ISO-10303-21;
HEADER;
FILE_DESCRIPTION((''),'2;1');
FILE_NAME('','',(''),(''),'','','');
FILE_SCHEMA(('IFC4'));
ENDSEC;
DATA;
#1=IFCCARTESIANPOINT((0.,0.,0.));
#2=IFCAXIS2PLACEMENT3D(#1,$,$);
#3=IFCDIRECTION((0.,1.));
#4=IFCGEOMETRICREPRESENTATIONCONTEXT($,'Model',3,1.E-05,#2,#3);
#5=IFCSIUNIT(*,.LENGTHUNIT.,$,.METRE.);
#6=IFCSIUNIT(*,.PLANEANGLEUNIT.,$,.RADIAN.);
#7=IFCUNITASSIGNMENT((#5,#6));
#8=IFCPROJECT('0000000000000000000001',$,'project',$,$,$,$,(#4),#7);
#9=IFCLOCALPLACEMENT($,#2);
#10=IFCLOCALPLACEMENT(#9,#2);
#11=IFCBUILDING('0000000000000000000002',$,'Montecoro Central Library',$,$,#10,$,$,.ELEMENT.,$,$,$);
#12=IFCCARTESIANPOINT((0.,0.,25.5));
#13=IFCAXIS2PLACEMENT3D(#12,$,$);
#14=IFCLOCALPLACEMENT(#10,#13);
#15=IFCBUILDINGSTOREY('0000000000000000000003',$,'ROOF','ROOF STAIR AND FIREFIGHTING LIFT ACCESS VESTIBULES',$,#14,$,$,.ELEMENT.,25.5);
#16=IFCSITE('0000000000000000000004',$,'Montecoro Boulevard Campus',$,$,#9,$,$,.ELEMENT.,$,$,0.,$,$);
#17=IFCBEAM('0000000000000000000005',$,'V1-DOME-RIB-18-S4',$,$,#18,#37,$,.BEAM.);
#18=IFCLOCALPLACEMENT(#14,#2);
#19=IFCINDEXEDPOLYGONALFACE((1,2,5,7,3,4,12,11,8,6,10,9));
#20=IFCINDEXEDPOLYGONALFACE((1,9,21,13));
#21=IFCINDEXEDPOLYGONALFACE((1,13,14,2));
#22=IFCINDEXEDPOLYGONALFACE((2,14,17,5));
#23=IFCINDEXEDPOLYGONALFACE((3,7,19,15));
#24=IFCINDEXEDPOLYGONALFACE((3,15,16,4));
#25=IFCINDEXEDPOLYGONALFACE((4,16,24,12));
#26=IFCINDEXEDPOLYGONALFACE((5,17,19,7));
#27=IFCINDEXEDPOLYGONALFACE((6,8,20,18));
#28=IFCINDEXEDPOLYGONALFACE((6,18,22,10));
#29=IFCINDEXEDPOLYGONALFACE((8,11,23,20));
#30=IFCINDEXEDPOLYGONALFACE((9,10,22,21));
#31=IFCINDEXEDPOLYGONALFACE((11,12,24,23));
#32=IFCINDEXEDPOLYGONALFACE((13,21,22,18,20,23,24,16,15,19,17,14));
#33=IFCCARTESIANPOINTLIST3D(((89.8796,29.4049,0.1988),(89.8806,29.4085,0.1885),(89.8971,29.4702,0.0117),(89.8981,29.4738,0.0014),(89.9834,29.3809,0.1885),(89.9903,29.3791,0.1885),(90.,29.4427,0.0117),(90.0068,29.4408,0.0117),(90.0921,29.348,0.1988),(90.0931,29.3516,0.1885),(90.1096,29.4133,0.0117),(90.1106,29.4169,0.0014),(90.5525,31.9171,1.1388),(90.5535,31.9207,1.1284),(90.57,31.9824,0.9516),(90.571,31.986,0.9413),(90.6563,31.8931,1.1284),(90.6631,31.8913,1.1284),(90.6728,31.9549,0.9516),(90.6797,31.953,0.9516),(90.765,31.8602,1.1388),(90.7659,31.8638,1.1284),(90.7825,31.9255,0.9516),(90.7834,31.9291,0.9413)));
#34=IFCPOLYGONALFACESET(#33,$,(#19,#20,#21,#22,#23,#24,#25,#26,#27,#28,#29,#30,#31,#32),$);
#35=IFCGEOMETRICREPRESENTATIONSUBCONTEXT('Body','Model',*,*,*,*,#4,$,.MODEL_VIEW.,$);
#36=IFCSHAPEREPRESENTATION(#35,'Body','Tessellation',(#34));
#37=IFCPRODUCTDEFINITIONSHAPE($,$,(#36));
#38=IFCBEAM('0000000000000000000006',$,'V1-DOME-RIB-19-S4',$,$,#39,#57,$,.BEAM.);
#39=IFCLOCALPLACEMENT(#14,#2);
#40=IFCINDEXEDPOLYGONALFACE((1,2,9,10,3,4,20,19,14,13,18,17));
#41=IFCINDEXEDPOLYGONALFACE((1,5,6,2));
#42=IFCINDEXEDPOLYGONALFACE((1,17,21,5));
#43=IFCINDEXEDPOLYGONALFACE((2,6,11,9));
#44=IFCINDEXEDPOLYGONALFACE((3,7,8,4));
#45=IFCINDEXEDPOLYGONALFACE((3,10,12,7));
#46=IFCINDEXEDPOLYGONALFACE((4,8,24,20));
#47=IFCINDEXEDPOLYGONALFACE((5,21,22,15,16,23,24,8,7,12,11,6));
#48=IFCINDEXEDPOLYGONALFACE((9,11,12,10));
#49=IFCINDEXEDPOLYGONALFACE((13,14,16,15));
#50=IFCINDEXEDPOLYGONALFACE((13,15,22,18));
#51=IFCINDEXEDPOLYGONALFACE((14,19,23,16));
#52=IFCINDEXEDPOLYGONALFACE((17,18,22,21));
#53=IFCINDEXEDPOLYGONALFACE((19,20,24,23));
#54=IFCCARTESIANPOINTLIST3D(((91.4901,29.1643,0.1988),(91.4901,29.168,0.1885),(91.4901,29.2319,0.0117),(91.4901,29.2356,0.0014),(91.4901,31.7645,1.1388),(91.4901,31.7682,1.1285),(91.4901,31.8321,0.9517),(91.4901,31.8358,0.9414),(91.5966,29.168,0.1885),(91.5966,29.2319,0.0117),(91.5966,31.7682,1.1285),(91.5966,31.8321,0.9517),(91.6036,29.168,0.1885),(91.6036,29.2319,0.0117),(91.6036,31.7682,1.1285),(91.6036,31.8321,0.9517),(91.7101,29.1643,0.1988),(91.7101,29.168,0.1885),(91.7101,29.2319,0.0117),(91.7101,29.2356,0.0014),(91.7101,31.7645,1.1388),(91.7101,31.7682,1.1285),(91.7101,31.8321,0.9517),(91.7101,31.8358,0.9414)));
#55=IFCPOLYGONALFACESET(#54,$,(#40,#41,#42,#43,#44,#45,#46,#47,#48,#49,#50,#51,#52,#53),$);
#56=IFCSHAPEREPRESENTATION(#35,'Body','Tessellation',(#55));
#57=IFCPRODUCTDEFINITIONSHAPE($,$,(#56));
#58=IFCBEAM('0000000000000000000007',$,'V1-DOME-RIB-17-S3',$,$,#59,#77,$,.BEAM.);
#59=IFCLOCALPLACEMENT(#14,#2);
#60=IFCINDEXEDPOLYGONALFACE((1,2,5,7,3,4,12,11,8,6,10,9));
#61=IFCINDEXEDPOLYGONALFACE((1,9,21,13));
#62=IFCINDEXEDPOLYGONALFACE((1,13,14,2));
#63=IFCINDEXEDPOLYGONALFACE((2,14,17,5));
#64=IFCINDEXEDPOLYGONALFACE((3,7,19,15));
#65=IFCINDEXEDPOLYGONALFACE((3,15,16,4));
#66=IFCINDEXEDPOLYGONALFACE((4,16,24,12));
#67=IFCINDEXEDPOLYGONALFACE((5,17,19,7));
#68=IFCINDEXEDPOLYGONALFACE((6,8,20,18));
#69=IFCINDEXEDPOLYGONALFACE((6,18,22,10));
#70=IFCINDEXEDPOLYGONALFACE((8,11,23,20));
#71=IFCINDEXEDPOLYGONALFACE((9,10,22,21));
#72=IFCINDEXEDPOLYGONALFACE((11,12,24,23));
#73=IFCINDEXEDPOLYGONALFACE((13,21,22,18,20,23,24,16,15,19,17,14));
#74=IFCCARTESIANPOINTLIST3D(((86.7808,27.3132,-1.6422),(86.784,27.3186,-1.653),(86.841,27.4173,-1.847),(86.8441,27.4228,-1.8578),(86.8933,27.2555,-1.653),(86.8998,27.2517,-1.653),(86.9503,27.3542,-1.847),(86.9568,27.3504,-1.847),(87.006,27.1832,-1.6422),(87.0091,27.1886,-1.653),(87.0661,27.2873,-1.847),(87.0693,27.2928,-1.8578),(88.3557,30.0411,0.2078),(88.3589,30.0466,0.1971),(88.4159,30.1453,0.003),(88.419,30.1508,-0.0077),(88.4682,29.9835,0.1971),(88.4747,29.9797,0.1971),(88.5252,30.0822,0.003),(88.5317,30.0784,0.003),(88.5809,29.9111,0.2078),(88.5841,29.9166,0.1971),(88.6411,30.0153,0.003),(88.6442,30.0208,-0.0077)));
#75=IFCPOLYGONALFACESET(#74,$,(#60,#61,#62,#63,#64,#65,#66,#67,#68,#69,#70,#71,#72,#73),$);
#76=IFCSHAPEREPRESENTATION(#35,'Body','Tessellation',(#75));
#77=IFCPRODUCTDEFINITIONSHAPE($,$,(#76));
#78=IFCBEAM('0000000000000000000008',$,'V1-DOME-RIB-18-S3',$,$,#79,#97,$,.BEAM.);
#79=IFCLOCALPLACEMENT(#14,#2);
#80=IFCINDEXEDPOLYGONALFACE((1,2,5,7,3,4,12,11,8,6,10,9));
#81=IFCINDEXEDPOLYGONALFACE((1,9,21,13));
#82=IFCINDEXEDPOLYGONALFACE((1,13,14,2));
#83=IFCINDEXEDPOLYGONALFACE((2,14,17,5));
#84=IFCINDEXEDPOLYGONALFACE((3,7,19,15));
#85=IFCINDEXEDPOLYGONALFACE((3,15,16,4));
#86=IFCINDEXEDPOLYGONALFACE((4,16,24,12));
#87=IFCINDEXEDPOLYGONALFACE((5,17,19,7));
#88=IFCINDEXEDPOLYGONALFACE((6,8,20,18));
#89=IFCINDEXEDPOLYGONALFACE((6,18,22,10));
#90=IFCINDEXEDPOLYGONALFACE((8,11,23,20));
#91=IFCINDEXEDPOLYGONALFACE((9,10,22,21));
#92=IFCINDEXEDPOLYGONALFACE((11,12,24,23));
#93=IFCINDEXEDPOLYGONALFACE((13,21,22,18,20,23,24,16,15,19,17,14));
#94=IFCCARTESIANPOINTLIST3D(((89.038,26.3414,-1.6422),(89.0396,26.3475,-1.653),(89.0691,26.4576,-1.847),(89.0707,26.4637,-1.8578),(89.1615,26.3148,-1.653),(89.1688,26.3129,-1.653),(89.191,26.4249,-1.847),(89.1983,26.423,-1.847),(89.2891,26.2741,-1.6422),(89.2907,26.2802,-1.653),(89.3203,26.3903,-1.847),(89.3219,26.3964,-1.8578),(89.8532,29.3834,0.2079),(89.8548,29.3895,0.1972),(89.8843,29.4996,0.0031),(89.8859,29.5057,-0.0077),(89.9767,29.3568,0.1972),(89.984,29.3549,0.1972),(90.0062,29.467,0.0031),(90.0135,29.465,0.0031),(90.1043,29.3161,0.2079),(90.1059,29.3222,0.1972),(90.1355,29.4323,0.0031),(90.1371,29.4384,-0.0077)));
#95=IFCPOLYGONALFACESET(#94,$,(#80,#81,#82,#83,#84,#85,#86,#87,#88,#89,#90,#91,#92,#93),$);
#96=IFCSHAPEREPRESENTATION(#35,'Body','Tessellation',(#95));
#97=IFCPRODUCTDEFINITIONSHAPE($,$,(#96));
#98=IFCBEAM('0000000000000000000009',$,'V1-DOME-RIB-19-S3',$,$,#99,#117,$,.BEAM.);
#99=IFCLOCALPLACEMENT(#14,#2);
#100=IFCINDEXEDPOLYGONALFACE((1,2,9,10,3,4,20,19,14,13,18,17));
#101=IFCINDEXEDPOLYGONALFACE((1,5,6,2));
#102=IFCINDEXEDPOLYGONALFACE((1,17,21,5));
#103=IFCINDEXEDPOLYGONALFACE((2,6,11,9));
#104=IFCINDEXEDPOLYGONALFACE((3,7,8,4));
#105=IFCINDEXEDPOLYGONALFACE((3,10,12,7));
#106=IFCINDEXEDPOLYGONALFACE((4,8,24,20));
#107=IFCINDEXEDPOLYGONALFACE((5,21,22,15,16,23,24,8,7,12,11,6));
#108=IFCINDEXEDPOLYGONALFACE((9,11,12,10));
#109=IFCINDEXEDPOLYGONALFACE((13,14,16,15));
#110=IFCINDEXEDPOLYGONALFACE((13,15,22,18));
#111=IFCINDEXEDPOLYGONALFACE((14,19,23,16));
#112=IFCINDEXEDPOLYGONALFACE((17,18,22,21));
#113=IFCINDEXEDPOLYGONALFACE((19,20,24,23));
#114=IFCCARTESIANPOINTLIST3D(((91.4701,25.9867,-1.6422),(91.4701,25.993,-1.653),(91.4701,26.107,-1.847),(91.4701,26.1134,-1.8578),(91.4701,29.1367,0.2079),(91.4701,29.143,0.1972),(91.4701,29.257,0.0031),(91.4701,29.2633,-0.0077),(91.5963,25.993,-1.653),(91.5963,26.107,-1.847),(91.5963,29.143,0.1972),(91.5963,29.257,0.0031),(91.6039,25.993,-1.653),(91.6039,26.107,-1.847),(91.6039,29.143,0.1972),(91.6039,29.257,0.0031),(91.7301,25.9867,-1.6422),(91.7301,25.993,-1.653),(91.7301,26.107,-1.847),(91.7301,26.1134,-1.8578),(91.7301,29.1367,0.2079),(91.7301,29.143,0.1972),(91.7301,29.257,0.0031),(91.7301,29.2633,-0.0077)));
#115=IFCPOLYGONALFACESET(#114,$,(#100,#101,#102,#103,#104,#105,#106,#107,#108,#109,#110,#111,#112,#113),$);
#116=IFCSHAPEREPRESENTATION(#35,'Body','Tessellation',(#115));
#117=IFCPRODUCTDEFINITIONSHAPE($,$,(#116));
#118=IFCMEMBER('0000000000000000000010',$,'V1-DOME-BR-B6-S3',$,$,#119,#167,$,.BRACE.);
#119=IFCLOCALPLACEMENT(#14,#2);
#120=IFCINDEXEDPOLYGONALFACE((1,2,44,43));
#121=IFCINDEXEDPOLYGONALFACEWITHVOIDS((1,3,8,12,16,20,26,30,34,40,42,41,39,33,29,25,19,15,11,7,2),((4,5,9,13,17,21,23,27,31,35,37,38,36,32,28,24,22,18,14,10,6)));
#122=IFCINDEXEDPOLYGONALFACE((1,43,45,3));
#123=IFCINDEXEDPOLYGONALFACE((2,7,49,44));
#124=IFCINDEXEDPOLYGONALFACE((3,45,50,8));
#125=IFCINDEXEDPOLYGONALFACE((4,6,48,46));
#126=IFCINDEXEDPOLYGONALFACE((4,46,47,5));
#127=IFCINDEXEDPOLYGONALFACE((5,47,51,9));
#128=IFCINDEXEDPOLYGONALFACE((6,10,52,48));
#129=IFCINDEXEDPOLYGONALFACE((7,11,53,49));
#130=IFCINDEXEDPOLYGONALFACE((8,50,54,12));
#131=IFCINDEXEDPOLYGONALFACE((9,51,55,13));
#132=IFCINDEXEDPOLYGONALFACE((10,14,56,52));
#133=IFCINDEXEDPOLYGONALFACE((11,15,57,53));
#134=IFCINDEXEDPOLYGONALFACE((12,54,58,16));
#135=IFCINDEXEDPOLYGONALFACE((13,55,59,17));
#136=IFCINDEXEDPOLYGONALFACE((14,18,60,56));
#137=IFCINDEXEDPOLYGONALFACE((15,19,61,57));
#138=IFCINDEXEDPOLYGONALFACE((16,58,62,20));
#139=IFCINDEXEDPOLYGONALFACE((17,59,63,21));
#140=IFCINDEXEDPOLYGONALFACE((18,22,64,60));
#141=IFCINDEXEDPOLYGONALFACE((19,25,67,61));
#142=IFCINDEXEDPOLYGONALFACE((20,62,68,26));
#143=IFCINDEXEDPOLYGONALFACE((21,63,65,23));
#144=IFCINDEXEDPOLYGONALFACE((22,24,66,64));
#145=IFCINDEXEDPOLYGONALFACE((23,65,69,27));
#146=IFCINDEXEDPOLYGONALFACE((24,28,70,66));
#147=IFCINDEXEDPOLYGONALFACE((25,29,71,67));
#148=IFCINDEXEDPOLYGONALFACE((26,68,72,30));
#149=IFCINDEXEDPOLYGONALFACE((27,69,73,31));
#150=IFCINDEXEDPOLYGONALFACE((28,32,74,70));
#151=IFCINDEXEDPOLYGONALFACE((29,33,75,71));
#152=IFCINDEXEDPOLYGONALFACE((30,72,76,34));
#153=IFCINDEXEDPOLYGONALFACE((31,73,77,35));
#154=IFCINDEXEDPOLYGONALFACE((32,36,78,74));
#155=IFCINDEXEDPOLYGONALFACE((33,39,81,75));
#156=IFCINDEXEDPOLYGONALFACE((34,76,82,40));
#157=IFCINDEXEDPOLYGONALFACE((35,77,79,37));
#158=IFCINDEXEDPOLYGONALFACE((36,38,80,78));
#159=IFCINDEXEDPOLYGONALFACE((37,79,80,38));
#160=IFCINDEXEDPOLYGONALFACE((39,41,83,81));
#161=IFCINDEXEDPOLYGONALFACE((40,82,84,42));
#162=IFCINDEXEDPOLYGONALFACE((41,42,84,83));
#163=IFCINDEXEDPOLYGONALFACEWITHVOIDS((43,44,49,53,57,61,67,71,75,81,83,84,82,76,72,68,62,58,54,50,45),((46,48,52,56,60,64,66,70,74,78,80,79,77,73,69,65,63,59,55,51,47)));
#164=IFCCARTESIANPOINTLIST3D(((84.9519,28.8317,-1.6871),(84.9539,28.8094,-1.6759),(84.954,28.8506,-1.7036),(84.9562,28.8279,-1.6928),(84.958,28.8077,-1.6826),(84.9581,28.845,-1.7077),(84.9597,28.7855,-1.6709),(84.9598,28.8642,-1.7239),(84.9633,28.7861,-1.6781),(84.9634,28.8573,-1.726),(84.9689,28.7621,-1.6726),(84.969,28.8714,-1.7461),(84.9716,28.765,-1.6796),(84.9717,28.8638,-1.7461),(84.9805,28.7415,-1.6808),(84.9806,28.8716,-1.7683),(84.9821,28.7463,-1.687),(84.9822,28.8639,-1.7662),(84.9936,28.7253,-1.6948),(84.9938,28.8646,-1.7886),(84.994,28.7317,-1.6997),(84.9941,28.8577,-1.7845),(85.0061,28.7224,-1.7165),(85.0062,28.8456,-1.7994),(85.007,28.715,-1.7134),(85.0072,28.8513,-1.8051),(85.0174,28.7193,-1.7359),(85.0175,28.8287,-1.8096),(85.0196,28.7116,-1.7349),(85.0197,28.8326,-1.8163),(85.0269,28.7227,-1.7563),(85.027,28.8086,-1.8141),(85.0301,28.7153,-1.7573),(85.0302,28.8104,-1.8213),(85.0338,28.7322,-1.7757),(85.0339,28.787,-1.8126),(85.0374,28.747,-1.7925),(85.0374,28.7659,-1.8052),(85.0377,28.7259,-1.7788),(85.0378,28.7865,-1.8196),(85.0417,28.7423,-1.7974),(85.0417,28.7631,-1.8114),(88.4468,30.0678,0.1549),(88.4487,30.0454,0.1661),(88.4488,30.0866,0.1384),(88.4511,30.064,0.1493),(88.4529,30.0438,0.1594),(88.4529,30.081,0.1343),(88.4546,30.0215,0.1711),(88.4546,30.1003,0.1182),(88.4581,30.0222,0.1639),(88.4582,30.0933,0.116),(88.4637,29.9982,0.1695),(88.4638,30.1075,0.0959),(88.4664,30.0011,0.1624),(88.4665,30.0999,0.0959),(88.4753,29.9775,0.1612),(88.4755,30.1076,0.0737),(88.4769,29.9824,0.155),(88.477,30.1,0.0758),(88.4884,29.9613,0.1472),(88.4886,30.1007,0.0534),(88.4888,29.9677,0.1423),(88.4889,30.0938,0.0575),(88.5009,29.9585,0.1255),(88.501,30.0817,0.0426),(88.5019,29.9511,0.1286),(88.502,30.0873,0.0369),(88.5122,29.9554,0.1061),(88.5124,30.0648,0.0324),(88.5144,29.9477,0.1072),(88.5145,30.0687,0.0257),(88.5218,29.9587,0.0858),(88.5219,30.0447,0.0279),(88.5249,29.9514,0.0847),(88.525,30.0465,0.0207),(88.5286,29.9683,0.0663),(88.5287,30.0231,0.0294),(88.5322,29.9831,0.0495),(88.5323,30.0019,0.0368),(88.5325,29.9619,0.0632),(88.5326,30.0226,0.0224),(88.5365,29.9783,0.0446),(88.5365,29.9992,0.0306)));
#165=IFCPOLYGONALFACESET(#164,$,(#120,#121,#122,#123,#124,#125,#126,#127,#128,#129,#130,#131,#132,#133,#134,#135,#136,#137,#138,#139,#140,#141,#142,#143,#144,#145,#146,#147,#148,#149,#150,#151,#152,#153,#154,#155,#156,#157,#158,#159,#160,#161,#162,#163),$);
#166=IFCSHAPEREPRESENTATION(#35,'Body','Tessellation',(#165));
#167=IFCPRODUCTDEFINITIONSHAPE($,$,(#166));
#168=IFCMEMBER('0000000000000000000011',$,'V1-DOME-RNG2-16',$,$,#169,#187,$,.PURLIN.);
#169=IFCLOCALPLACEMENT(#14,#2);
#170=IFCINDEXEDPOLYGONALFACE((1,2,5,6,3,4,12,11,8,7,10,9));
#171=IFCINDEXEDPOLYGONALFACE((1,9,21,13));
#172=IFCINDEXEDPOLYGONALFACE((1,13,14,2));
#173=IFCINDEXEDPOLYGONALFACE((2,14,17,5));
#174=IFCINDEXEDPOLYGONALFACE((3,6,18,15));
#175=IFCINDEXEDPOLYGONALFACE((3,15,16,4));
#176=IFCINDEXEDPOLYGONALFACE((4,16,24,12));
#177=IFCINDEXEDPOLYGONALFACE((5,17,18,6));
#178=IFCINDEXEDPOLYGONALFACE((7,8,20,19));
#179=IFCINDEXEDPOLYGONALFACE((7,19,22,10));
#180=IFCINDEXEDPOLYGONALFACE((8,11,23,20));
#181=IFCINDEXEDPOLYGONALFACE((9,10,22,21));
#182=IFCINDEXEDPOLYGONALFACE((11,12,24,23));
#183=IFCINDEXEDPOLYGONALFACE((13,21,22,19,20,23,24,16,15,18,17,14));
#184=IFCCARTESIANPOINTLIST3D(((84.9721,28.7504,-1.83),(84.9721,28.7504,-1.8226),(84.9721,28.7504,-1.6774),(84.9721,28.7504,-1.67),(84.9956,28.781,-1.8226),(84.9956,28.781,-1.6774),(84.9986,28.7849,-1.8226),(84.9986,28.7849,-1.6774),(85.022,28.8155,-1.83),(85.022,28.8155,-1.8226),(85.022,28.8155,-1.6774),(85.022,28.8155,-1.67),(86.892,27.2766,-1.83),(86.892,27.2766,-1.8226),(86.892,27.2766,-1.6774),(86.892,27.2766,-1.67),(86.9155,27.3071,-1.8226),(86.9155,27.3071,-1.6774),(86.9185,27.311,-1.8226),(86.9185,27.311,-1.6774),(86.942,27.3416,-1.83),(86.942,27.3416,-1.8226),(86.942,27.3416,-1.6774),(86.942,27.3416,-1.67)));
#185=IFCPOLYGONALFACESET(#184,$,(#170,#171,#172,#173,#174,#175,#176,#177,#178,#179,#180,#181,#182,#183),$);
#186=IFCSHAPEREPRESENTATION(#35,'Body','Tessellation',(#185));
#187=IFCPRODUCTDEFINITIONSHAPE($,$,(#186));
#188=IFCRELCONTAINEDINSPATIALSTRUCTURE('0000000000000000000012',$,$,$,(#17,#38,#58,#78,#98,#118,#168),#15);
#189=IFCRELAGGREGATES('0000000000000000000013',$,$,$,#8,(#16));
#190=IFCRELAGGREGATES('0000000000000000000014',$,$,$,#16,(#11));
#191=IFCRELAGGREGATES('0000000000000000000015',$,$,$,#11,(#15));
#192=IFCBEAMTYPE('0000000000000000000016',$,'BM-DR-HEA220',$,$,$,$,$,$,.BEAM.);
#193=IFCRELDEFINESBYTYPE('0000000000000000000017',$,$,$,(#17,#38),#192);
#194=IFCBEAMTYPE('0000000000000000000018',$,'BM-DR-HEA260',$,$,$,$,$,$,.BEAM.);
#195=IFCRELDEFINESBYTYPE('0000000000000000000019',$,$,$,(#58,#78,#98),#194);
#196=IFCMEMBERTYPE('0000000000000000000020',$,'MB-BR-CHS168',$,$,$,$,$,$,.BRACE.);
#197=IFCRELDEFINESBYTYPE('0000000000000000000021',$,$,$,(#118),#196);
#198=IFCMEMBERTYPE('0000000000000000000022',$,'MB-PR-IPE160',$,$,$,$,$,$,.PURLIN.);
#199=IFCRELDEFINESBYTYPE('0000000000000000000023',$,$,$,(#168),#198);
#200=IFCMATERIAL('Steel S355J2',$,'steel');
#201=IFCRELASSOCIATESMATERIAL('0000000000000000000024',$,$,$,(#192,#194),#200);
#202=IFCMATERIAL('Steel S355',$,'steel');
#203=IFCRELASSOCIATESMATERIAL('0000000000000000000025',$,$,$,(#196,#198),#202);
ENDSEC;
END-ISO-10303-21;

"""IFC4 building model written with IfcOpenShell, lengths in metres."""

from ifc_helpers import new_model, si_unit, direction, frame, origin, origin_2d, place, context, subcontext, project, spatial, hollow_circle, i_section, extrude, material, material_profile, profile_set, type_object, element, save


model = new_model("IFC4")

# Units and contexts
model_context = context("Model", 3, precision=1e-05, world=origin(), true_north=direction((0.0, 1.0)))
body_context = subcontext(model_context, "Body", "Model", "MODEL_VIEW")
ifc_project = project(units=[si_unit("LENGTHUNIT", "METRE"), si_unit("PLANEANGLEUNIT", "RADIAN")], contexts=[model_context])

# Site, building, storey
site_placement = place(None, origin())
site = spatial("IfcSite", under=ifc_project, at=site_placement, Name="Montecoro Boulevard Campus", CompositionType="ELEMENT", RefElevation=0.0)
building_placement = place(site_placement, origin())
building = spatial("IfcBuilding", under=site, at=building_placement, Name="Montecoro Central Library", CompositionType="ELEMENT")
storey_placement = place(building_placement, frame((0.0, 0.0, 25.5)))
storey = spatial("IfcBuildingStorey", under=building, at=storey_placement, Name="ROOF", Description="ROOF STAIR AND FIREFIGHTING LIFT ACCESS VESTIBULES", CompositionType="ELEMENT", Elevation=25.5)

# Beams
ifc_material_1 = material(Name="Steel S355J2", Category="steel")
ifc_material_profile_1 = material_profile(ifc_material_1, i_section(OverallWidth=0.22, OverallDepth=0.21, WebThickness=0.0071, FlangeThickness=0.011, at=origin_2d()), Name="HEA 220")
ifc_profile_set_1 = profile_set([ifc_material_profile_1], Name="Steel S355J2")
beam_type_1 = type_object("IfcBeamType", Name="BM-DR-HEA220", PredefinedType="BEAM", material=ifc_profile_set_1)
beam_1_placement = place(storey_placement, frame((89.9951, 29.4109, 0.1001), z_axis=(0.243311, 0.908445, 0.339894), x_axis=(-0.965954, 0.258714, 0.0)))
element("IfcBeam", 1, at=beam_1_placement, inside=storey, type_object=beam_type_1, Name="V1-DOME-RIB-18-S4", PredefinedType="BEAM", context=body_context, shape_type="SweptSolid", body=[
    extrude(i_section(OverallWidth=0.22, OverallDepth=0.21, WebThickness=0.0071, FlangeThickness=0.011, at=origin_2d()), origin(), (0.0, 0.0, 1.0), 2.7654),
])
beam_2_placement = place(storey_placement, frame((91.6001, 29.2, 0.1001), z_axis=(0.0, 0.940436, 0.33997), x_axis=(-1.0, 0.0, 0.0)))
element("IfcBeam", 2, at=beam_2_placement, inside=storey, type_object=beam_type_1, Name="V1-DOME-RIB-19-S4", PredefinedType="BEAM", context=body_context, shape_type="SweptSolid", body=[
    extrude(i_section(OverallWidth=0.22, OverallDepth=0.21, WebThickness=0.0071, FlangeThickness=0.011, at=origin_2d()), origin(), (0.0, 0.0, 1.0), 2.7649),
])
ifc_material_profile_2 = material_profile(ifc_material_1, i_section(OverallWidth=0.26, OverallDepth=0.25, WebThickness=0.0076, FlangeThickness=0.0125, at=origin_2d()), Name="HEA 260")
ifc_profile_set_2 = profile_set([ifc_material_profile_2], Name="Steel S355J2")
beam_type_2 = type_object("IfcBeamType", Name="BM-DR-HEA260", PredefinedType="BEAM", material=ifc_profile_set_2)
beam_3_placement = place(storey_placement, frame((86.925, 27.303, -1.75), z_axis=(0.431122, 0.746761, 0.50644), x_axis=(-0.866036, 0.499982, 0.0)))
element("IfcBeam", 3, at=beam_3_placement, inside=storey, type_object=beam_type_2, Name="V1-DOME-RIB-17-S3", PredefinedType="BEAM", context=body_context, shape_type="SweptSolid", body=[
    extrude(i_section(OverallWidth=0.26, OverallDepth=0.25, WebThickness=0.0076, FlangeThickness=0.0125, at=origin_2d()), origin(), (0.0, 0.0, 1.0), 3.6531),
])
beam_4_placement = place(storey_placement, frame((89.1799, 26.3689, -1.75), z_axis=(0.223183, 0.832841, 0.506523), x_axis=(-0.965919, 0.258845, 0.0)))
element("IfcBeam", 4, at=beam_4_placement, inside=storey, type_object=beam_type_2, Name="V1-DOME-RIB-18-S3", PredefinedType="BEAM", context=body_context, shape_type="SweptSolid", body=[
    extrude(i_section(OverallWidth=0.26, OverallDepth=0.25, WebThickness=0.0076, FlangeThickness=0.0125, at=origin_2d()), origin(), (0.0, 0.0, 1.0), 3.6526),
])
beam_5_placement = place(storey_placement, frame((91.6001, 26.05, -1.75), z_axis=(0.0, 0.862267, 0.506453), x_axis=(-1.0, 0.0, 0.0)))
element("IfcBeam", 5, at=beam_5_placement, inside=storey, type_object=beam_type_2, Name="V1-DOME-RIB-19-S3", PredefinedType="BEAM", context=body_context, shape_type="SweptSolid", body=[
    extrude(i_section(OverallWidth=0.26, OverallDepth=0.25, WebThickness=0.0076, FlangeThickness=0.0125, at=origin_2d()), origin(), (0.0, 0.0, 1.0), 3.6531),
])

# Members
ifc_material_2 = material(Name="Steel S355", Category="steel")
ifc_material_profile_3 = material_profile(ifc_material_2, hollow_circle(Radius=0.0842, WallThickness=0.0081, at=origin_2d()), Name="CHS 168.3x8.0")
ifc_profile_set_3 = profile_set([ifc_material_profile_3], Name="Steel S355")
member_type_1 = type_object("IfcMemberType", Name="MB-BR-CHS168", PredefinedType="BRACE", material=ifc_profile_set_3)
member_1_placement = place(storey_placement, frame((84.9971, 28.792, -1.7461), z_axis=(0.844282, 0.29861, 0.444995), x_axis=(-0.333444, 0.94277, 0.0)))
element("IfcMember", 6, at=member_1_placement, inside=storey, type_object=member_type_1, Name="V1-DOME-BR-B6-S3", PredefinedType="BRACE", context=body_context, shape_type="SweptSolid", body=[
    extrude(hollow_circle(Radius=0.0842, WallThickness=0.0081, at=origin_2d()), origin(), (0.0, 0.0, 1.0), 4.1394),
])
ifc_material_profile_4 = material_profile(ifc_material_2, i_section(OverallWidth=0.082, OverallDepth=0.1599, WebThickness=0.0049, FlangeThickness=0.0073, at=origin_2d()), Name="IPE 160")
ifc_profile_set_4 = profile_set([ifc_material_profile_4], Name="Steel S355")
member_type_2 = type_object("IfcMemberType", Name="MB-PR-IPE160", PredefinedType="PURLIN", material=ifc_profile_set_4)
member_2_placement = place(storey_placement, frame((84.9971, 28.783, -1.75), z_axis=(0.79322, -0.608935, 0.0), x_axis=(0.608935, 0.79322, 0.0)))
element("IfcMember", 7, at=member_2_placement, inside=storey, type_object=member_type_2, Name="V1-DOME-RNG2-16", PredefinedType="PURLIN", context=body_context, shape_type="SweptSolid", body=[
    extrude(i_section(OverallWidth=0.082, OverallDepth=0.1599, WebThickness=0.0049, FlangeThickness=0.0073, at=origin_2d()), origin(), (0.0, 0.0, 1.0), 2.4204),
])

save(model, "model.ifc")
